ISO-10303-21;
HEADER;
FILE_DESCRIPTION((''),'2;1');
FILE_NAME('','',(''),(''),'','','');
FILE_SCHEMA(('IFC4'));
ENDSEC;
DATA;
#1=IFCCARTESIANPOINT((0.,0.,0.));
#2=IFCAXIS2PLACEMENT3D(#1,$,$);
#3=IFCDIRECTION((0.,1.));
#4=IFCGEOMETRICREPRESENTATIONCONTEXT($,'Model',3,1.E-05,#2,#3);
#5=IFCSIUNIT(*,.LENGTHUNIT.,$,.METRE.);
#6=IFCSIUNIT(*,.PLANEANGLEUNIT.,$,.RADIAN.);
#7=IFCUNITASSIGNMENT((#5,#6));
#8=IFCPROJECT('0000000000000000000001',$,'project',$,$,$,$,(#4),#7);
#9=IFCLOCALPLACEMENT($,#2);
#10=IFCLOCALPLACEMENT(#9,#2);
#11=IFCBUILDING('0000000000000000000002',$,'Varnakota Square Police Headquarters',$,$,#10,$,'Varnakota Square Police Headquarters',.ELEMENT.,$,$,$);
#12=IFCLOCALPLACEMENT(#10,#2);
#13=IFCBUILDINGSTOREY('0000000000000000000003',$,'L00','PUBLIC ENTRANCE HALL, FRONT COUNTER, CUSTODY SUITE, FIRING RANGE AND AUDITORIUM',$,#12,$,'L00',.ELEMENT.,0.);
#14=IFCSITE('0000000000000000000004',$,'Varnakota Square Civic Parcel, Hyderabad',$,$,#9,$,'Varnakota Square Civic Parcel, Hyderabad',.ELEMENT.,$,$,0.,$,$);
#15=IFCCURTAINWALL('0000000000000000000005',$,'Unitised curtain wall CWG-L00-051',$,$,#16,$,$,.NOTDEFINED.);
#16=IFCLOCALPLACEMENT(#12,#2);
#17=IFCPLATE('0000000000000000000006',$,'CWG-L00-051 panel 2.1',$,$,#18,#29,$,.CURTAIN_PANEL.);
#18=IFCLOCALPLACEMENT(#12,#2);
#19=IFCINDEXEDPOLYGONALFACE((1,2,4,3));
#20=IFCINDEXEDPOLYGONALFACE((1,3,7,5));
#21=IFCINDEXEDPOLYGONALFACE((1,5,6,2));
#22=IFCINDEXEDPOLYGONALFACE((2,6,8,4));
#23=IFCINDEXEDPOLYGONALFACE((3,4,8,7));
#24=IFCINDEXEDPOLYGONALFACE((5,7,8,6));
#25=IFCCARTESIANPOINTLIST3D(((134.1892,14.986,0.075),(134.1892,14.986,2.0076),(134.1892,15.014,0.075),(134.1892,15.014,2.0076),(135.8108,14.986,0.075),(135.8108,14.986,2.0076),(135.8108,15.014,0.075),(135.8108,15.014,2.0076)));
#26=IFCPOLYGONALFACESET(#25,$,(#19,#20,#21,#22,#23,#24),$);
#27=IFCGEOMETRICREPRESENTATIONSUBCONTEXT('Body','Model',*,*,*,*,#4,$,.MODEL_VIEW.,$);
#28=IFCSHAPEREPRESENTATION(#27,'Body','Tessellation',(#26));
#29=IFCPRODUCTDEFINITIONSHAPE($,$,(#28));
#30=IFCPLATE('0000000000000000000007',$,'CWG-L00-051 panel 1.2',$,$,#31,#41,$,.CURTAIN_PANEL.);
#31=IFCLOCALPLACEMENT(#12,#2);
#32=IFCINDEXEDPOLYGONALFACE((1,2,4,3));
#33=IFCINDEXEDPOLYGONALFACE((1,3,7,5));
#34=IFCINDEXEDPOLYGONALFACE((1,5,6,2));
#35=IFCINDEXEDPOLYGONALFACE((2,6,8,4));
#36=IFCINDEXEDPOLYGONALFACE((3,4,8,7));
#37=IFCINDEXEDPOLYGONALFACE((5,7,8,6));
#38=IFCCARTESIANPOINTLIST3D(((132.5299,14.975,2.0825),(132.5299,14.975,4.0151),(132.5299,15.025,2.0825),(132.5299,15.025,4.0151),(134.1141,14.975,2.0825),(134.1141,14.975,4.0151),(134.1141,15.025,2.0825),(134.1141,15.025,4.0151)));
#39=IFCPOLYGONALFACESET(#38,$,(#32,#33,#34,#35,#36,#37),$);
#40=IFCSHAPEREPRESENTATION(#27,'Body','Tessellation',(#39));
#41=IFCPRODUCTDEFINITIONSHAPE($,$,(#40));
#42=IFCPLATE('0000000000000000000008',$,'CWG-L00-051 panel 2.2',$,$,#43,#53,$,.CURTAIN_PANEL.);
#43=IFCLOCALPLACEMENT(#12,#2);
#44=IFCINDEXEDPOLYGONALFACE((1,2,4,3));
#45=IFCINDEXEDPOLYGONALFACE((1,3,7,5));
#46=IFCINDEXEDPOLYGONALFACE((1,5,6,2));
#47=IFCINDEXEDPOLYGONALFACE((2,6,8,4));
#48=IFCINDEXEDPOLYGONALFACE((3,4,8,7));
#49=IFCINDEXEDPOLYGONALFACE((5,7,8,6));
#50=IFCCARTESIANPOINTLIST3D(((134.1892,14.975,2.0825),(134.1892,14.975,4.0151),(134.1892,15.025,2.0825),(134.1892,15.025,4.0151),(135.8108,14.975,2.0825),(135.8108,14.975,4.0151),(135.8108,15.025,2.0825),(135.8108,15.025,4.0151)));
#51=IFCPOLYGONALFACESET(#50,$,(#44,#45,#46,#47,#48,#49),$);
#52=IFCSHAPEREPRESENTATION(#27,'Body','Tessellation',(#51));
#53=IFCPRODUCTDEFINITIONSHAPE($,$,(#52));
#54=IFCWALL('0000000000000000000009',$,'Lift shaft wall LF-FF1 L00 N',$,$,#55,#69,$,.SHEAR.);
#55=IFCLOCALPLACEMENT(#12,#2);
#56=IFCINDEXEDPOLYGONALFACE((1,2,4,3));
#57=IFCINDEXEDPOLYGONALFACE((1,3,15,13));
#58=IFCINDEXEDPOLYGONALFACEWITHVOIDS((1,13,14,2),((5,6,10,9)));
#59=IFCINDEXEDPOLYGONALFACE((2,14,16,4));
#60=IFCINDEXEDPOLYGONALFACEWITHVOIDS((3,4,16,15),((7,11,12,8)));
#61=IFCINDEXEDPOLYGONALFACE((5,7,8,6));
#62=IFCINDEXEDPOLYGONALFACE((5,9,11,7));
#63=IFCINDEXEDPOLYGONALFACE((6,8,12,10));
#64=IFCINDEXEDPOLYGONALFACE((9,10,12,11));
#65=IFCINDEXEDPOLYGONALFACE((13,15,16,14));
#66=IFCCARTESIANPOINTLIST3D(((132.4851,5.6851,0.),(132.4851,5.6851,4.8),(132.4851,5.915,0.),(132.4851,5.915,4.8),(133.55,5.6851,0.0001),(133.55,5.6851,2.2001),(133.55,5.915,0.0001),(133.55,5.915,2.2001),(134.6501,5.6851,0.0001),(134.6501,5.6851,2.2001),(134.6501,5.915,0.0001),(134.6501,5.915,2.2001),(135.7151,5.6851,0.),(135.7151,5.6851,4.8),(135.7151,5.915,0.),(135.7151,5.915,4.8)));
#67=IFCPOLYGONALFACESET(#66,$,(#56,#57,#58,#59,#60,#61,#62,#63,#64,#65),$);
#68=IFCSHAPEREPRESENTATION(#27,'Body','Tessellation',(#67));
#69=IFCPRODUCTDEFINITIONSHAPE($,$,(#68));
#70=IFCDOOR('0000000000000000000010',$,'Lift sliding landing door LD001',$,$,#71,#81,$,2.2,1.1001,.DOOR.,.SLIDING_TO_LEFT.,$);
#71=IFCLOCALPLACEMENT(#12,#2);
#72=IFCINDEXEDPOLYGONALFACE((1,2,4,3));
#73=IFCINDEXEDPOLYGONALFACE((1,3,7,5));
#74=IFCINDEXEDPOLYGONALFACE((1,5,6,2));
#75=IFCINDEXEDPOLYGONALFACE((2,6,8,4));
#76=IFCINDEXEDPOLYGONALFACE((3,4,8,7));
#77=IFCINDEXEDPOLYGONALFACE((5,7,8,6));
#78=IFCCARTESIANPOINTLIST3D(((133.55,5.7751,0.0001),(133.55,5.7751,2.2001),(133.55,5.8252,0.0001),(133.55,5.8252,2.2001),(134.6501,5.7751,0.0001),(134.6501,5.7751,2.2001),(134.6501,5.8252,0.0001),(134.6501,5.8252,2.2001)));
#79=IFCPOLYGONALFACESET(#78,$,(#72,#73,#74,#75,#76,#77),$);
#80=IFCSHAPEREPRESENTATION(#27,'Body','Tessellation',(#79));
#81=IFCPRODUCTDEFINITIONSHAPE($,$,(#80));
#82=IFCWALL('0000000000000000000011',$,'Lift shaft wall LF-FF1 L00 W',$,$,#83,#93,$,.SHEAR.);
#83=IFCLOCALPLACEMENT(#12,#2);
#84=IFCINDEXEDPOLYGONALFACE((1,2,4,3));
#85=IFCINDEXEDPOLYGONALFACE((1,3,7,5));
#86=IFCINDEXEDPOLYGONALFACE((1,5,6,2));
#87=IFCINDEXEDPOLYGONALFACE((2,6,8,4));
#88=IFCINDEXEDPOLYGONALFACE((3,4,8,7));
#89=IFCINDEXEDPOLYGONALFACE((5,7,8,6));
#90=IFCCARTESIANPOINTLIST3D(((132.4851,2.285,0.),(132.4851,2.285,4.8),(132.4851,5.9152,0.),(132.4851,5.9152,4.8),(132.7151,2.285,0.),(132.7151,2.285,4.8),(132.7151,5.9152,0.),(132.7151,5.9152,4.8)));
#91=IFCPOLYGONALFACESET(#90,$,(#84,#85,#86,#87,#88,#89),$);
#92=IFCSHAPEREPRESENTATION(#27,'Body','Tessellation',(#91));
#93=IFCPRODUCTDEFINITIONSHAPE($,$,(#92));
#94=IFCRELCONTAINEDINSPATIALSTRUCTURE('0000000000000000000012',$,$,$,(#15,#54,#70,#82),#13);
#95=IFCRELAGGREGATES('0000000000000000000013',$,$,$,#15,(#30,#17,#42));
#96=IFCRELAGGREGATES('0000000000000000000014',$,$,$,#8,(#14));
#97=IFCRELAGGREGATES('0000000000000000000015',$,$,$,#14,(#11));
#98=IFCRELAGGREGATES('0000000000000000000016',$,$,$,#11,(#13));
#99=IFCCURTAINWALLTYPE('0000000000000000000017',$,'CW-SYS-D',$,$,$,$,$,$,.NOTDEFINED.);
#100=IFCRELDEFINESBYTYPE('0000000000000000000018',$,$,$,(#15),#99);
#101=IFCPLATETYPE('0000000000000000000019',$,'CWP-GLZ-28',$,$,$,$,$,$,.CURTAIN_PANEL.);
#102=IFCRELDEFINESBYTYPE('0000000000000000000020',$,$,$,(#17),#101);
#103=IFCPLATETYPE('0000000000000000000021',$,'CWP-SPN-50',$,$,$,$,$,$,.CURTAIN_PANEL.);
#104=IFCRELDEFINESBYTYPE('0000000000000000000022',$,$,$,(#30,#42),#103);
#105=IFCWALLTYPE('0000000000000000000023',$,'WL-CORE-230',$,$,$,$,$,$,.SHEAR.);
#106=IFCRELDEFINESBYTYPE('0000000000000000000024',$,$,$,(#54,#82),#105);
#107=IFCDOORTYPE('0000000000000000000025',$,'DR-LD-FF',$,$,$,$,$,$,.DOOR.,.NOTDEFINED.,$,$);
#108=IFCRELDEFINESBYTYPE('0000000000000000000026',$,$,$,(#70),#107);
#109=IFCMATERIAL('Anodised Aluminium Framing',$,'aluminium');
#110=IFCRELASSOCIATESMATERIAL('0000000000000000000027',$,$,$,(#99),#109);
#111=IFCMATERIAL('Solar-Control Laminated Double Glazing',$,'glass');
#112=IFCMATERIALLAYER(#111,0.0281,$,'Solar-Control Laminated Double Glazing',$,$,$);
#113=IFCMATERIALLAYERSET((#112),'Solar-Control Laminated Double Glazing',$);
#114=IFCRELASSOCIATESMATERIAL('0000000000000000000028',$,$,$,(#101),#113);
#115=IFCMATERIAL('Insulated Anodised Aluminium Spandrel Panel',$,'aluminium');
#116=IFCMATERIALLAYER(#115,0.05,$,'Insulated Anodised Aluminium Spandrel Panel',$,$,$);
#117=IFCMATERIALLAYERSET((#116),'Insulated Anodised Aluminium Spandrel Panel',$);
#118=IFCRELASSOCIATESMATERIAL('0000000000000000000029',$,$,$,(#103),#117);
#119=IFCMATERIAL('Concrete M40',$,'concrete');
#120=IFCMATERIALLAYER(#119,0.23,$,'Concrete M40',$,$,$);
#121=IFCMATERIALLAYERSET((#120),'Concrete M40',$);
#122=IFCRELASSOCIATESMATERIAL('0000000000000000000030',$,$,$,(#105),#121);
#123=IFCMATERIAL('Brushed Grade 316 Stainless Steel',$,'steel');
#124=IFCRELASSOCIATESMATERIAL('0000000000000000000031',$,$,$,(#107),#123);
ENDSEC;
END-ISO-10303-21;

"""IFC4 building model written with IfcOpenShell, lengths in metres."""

from ifc_helpers import new_model, si_unit, direction, frame, frame_2d, origin, origin_2d, place, context, subcontext, project, spatial, rectangle, extrude, material, layer, layer_set, type_object, element, fill, aggregate, save


model = new_model("IFC4")

# Units and contexts
model_context = context("Model", 3, precision=1e-05, world=origin(), true_north=direction((0.0, 1.0)))
body_context = subcontext(model_context, "Body", "Model", "MODEL_VIEW")
ifc_project = project(units=[si_unit("LENGTHUNIT", "METRE"), si_unit("PLANEANGLEUNIT", "RADIAN")], contexts=[model_context])

# Site, building, storey
site_placement = place(None, origin())
site = spatial("IfcSite", under=ifc_project, at=site_placement, Name="Varnakota Square Civic Parcel, Hyderabad", LongName="Varnakota Square Civic Parcel, Hyderabad", CompositionType="ELEMENT", RefElevation=0.0)
building_placement = place(site_placement, origin())
building = spatial("IfcBuilding", under=site, at=building_placement, Name="Varnakota Square Police Headquarters", LongName="Varnakota Square Police Headquarters", CompositionType="ELEMENT")
storey_placement = place(building_placement, origin())
storey = spatial("IfcBuildingStorey", under=building, at=storey_placement, Name="L00", Description="PUBLIC ENTRANCE HALL, FRONT COUNTER, CUSTODY SUITE, FIRING RANGE AND AUDITORIUM", LongName="L00", CompositionType="ELEMENT", Elevation=0.0)

# Curtain wall, plates
ifc_material_1 = material(Name="Anodised Aluminium Framing", Category="aluminium")
curtain_wall_type = type_object("IfcCurtainWallType", Name="CW-SYS-D", PredefinedType="NOTDEFINED", material=ifc_material_1)
curtain_wall_placement = place(storey_placement, origin())
curtain_wall = element("IfcCurtainWall", 1, at=curtain_wall_placement, inside=storey, type_object=curtain_wall_type, Name="Unitised curtain wall CWG-L00-051", PredefinedType="NOTDEFINED")
ifc_material_2 = material(Name="Solar-Control Laminated Double Glazing", Category="glass")
ifc_layer_1 = layer(ifc_material_2, 0.0281, Name="Solar-Control Laminated Double Glazing")
ifc_layer_set_1 = layer_set([ifc_layer_1], Name="Solar-Control Laminated Double Glazing")
plate_type_1 = type_object("IfcPlateType", Name="CWP-GLZ-28", PredefinedType="CURTAIN_PANEL", material=ifc_layer_set_1)
plate_1_placement = place(storey_placement, frame((135.0, 15.0, 0.075), z_axis=(0.0, 0.0, 1.0), x_axis=(1.0, 0.0, 0.0)))
plate_1 = element("IfcPlate", 2, at=plate_1_placement, type_object=plate_type_1, Name="CWG-L00-051 panel 2.1", PredefinedType="CURTAIN_PANEL", context=body_context, shape_type="SweptSolid", body=[
    extrude(rectangle(XDim=1.6216, YDim=0.0281, at=origin_2d()), origin(), (0.0, 0.0, 1.0), 1.9326),
])
ifc_material_3 = material(Name="Insulated Anodised Aluminium Spandrel Panel", Category="aluminium")
ifc_layer_2 = layer(ifc_material_3, 0.05, Name="Insulated Anodised Aluminium Spandrel Panel")
ifc_layer_set_2 = layer_set([ifc_layer_2], Name="Insulated Anodised Aluminium Spandrel Panel")
plate_type_2 = type_object("IfcPlateType", Name="CWP-SPN-50", PredefinedType="CURTAIN_PANEL", material=ifc_layer_set_2)
plate_2_placement = place(storey_placement, frame((133.322, 15.0, 2.0825), z_axis=(0.0, 0.0, 1.0), x_axis=(1.0, 0.0, 0.0)))
plate_2 = element("IfcPlate", 3, at=plate_2_placement, type_object=plate_type_2, Name="CWG-L00-051 panel 1.2", PredefinedType="CURTAIN_PANEL", context=body_context, shape_type="SweptSolid", body=[
    extrude(rectangle(XDim=1.5842, YDim=0.05, at=origin_2d()), origin(), (0.0, 0.0, 1.0), 1.9326),
])
plate_3_placement = place(storey_placement, frame((135.0, 15.0, 2.0825), z_axis=(0.0, 0.0, 1.0), x_axis=(1.0, 0.0, 0.0)))
plate_3 = element("IfcPlate", 4, at=plate_3_placement, type_object=plate_type_2, Name="CWG-L00-051 panel 2.2", PredefinedType="CURTAIN_PANEL", context=body_context, shape_type="SweptSolid", body=[
    extrude(rectangle(XDim=1.6216, YDim=0.05, at=origin_2d()), origin(), (0.0, 0.0, 1.0), 1.9326),
])
aggregate(curtain_wall, [plate_2, plate_1, plate_3])

# Wall, opening, door
ifc_material_4 = material(Name="Concrete M40", Category="concrete")
ifc_layer_3 = layer(ifc_material_4, 0.23, Name="Concrete M40")
ifc_layer_set_3 = layer_set([ifc_layer_3], Name="Concrete M40")
wall_type = type_object("IfcWallType", Name="WL-CORE-230", PredefinedType="SHEAR", material=ifc_layer_set_3)
wall_1_placement = place(storey_placement, frame((135.7151, 5.8, 0.0), z_axis=(0.0, 0.0, 1.0), x_axis=(-1.0, 0.0, 0.0)))
wall_1 = element("IfcWall", 5, at=wall_1_placement, inside=storey, type_object=wall_type, Name="Lift shaft wall LF-FF1 L00 N", PredefinedType="SHEAR", context=body_context, shape_type="SweptSolid", body=[
    extrude(rectangle(XDim=3.23, YDim=0.23, at=frame_2d((1.615, 0.0))), origin(), (0.0, 0.0, 1.0), 4.8),
])
opening_placement = place(wall_1_placement, frame((1.0649, 0.0, 0.0)))
opening = element("IfcOpeningElement", 6, at=opening_placement, cuts=wall_1, PredefinedType="OPENING", context=body_context, shape_type="SweptSolid", body=[
    extrude(rectangle(XDim=1.1001, YDim=2.2, at=frame_2d((0.55, 1.1001))), frame((0.0, 0.125, 0.0), z_axis=(0.0, -1.0, 0.0), x_axis=(1.0, 0.0, 0.0)), (0.0, 0.0, 1.0), 0.25),
])
ifc_material_5 = material(Name="Brushed Grade 316 Stainless Steel", Category="steel")
door_type = type_object("IfcDoorType", Name="DR-LD-FF", OperationType="NOTDEFINED", PredefinedType="DOOR", material=ifc_material_5)
door_placement = place(opening_placement, origin())
door = element("IfcDoor", 7, at=door_placement, inside=storey, type_object=door_type, Name="Lift sliding landing door LD001", OperationType="SLIDING_TO_LEFT", OverallHeight=2.2, OverallWidth=1.1001, PredefinedType="DOOR", context=body_context, shape_type="SweptSolid", body=[
    extrude(rectangle(XDim=1.1001, YDim=2.2, at=frame_2d((0.55, 1.1001))), frame((0.0, 0.0249, 0.0), z_axis=(0.0, -1.0, 0.0), x_axis=(1.0, 0.0, 0.0)), (0.0, 0.0, 1.0), 0.05),
])
fill(opening, door)

# Wall
wall_2_placement = place(storey_placement, frame((132.6001, 5.915, 0.0), z_axis=(0.0, 0.0, 1.0), x_axis=(0.0, -1.0, 0.0)))
element("IfcWall", 8, at=wall_2_placement, inside=storey, type_object=wall_type, Name="Lift shaft wall LF-FF1 L00 W", PredefinedType="SHEAR", context=body_context, shape_type="SweptSolid", body=[
    extrude(rectangle(XDim=3.6301, YDim=0.23, at=frame_2d((1.8149, 0.0))), origin(), (0.0, 0.0, 1.0), 4.8),
])

save(model, "model.ifc")
